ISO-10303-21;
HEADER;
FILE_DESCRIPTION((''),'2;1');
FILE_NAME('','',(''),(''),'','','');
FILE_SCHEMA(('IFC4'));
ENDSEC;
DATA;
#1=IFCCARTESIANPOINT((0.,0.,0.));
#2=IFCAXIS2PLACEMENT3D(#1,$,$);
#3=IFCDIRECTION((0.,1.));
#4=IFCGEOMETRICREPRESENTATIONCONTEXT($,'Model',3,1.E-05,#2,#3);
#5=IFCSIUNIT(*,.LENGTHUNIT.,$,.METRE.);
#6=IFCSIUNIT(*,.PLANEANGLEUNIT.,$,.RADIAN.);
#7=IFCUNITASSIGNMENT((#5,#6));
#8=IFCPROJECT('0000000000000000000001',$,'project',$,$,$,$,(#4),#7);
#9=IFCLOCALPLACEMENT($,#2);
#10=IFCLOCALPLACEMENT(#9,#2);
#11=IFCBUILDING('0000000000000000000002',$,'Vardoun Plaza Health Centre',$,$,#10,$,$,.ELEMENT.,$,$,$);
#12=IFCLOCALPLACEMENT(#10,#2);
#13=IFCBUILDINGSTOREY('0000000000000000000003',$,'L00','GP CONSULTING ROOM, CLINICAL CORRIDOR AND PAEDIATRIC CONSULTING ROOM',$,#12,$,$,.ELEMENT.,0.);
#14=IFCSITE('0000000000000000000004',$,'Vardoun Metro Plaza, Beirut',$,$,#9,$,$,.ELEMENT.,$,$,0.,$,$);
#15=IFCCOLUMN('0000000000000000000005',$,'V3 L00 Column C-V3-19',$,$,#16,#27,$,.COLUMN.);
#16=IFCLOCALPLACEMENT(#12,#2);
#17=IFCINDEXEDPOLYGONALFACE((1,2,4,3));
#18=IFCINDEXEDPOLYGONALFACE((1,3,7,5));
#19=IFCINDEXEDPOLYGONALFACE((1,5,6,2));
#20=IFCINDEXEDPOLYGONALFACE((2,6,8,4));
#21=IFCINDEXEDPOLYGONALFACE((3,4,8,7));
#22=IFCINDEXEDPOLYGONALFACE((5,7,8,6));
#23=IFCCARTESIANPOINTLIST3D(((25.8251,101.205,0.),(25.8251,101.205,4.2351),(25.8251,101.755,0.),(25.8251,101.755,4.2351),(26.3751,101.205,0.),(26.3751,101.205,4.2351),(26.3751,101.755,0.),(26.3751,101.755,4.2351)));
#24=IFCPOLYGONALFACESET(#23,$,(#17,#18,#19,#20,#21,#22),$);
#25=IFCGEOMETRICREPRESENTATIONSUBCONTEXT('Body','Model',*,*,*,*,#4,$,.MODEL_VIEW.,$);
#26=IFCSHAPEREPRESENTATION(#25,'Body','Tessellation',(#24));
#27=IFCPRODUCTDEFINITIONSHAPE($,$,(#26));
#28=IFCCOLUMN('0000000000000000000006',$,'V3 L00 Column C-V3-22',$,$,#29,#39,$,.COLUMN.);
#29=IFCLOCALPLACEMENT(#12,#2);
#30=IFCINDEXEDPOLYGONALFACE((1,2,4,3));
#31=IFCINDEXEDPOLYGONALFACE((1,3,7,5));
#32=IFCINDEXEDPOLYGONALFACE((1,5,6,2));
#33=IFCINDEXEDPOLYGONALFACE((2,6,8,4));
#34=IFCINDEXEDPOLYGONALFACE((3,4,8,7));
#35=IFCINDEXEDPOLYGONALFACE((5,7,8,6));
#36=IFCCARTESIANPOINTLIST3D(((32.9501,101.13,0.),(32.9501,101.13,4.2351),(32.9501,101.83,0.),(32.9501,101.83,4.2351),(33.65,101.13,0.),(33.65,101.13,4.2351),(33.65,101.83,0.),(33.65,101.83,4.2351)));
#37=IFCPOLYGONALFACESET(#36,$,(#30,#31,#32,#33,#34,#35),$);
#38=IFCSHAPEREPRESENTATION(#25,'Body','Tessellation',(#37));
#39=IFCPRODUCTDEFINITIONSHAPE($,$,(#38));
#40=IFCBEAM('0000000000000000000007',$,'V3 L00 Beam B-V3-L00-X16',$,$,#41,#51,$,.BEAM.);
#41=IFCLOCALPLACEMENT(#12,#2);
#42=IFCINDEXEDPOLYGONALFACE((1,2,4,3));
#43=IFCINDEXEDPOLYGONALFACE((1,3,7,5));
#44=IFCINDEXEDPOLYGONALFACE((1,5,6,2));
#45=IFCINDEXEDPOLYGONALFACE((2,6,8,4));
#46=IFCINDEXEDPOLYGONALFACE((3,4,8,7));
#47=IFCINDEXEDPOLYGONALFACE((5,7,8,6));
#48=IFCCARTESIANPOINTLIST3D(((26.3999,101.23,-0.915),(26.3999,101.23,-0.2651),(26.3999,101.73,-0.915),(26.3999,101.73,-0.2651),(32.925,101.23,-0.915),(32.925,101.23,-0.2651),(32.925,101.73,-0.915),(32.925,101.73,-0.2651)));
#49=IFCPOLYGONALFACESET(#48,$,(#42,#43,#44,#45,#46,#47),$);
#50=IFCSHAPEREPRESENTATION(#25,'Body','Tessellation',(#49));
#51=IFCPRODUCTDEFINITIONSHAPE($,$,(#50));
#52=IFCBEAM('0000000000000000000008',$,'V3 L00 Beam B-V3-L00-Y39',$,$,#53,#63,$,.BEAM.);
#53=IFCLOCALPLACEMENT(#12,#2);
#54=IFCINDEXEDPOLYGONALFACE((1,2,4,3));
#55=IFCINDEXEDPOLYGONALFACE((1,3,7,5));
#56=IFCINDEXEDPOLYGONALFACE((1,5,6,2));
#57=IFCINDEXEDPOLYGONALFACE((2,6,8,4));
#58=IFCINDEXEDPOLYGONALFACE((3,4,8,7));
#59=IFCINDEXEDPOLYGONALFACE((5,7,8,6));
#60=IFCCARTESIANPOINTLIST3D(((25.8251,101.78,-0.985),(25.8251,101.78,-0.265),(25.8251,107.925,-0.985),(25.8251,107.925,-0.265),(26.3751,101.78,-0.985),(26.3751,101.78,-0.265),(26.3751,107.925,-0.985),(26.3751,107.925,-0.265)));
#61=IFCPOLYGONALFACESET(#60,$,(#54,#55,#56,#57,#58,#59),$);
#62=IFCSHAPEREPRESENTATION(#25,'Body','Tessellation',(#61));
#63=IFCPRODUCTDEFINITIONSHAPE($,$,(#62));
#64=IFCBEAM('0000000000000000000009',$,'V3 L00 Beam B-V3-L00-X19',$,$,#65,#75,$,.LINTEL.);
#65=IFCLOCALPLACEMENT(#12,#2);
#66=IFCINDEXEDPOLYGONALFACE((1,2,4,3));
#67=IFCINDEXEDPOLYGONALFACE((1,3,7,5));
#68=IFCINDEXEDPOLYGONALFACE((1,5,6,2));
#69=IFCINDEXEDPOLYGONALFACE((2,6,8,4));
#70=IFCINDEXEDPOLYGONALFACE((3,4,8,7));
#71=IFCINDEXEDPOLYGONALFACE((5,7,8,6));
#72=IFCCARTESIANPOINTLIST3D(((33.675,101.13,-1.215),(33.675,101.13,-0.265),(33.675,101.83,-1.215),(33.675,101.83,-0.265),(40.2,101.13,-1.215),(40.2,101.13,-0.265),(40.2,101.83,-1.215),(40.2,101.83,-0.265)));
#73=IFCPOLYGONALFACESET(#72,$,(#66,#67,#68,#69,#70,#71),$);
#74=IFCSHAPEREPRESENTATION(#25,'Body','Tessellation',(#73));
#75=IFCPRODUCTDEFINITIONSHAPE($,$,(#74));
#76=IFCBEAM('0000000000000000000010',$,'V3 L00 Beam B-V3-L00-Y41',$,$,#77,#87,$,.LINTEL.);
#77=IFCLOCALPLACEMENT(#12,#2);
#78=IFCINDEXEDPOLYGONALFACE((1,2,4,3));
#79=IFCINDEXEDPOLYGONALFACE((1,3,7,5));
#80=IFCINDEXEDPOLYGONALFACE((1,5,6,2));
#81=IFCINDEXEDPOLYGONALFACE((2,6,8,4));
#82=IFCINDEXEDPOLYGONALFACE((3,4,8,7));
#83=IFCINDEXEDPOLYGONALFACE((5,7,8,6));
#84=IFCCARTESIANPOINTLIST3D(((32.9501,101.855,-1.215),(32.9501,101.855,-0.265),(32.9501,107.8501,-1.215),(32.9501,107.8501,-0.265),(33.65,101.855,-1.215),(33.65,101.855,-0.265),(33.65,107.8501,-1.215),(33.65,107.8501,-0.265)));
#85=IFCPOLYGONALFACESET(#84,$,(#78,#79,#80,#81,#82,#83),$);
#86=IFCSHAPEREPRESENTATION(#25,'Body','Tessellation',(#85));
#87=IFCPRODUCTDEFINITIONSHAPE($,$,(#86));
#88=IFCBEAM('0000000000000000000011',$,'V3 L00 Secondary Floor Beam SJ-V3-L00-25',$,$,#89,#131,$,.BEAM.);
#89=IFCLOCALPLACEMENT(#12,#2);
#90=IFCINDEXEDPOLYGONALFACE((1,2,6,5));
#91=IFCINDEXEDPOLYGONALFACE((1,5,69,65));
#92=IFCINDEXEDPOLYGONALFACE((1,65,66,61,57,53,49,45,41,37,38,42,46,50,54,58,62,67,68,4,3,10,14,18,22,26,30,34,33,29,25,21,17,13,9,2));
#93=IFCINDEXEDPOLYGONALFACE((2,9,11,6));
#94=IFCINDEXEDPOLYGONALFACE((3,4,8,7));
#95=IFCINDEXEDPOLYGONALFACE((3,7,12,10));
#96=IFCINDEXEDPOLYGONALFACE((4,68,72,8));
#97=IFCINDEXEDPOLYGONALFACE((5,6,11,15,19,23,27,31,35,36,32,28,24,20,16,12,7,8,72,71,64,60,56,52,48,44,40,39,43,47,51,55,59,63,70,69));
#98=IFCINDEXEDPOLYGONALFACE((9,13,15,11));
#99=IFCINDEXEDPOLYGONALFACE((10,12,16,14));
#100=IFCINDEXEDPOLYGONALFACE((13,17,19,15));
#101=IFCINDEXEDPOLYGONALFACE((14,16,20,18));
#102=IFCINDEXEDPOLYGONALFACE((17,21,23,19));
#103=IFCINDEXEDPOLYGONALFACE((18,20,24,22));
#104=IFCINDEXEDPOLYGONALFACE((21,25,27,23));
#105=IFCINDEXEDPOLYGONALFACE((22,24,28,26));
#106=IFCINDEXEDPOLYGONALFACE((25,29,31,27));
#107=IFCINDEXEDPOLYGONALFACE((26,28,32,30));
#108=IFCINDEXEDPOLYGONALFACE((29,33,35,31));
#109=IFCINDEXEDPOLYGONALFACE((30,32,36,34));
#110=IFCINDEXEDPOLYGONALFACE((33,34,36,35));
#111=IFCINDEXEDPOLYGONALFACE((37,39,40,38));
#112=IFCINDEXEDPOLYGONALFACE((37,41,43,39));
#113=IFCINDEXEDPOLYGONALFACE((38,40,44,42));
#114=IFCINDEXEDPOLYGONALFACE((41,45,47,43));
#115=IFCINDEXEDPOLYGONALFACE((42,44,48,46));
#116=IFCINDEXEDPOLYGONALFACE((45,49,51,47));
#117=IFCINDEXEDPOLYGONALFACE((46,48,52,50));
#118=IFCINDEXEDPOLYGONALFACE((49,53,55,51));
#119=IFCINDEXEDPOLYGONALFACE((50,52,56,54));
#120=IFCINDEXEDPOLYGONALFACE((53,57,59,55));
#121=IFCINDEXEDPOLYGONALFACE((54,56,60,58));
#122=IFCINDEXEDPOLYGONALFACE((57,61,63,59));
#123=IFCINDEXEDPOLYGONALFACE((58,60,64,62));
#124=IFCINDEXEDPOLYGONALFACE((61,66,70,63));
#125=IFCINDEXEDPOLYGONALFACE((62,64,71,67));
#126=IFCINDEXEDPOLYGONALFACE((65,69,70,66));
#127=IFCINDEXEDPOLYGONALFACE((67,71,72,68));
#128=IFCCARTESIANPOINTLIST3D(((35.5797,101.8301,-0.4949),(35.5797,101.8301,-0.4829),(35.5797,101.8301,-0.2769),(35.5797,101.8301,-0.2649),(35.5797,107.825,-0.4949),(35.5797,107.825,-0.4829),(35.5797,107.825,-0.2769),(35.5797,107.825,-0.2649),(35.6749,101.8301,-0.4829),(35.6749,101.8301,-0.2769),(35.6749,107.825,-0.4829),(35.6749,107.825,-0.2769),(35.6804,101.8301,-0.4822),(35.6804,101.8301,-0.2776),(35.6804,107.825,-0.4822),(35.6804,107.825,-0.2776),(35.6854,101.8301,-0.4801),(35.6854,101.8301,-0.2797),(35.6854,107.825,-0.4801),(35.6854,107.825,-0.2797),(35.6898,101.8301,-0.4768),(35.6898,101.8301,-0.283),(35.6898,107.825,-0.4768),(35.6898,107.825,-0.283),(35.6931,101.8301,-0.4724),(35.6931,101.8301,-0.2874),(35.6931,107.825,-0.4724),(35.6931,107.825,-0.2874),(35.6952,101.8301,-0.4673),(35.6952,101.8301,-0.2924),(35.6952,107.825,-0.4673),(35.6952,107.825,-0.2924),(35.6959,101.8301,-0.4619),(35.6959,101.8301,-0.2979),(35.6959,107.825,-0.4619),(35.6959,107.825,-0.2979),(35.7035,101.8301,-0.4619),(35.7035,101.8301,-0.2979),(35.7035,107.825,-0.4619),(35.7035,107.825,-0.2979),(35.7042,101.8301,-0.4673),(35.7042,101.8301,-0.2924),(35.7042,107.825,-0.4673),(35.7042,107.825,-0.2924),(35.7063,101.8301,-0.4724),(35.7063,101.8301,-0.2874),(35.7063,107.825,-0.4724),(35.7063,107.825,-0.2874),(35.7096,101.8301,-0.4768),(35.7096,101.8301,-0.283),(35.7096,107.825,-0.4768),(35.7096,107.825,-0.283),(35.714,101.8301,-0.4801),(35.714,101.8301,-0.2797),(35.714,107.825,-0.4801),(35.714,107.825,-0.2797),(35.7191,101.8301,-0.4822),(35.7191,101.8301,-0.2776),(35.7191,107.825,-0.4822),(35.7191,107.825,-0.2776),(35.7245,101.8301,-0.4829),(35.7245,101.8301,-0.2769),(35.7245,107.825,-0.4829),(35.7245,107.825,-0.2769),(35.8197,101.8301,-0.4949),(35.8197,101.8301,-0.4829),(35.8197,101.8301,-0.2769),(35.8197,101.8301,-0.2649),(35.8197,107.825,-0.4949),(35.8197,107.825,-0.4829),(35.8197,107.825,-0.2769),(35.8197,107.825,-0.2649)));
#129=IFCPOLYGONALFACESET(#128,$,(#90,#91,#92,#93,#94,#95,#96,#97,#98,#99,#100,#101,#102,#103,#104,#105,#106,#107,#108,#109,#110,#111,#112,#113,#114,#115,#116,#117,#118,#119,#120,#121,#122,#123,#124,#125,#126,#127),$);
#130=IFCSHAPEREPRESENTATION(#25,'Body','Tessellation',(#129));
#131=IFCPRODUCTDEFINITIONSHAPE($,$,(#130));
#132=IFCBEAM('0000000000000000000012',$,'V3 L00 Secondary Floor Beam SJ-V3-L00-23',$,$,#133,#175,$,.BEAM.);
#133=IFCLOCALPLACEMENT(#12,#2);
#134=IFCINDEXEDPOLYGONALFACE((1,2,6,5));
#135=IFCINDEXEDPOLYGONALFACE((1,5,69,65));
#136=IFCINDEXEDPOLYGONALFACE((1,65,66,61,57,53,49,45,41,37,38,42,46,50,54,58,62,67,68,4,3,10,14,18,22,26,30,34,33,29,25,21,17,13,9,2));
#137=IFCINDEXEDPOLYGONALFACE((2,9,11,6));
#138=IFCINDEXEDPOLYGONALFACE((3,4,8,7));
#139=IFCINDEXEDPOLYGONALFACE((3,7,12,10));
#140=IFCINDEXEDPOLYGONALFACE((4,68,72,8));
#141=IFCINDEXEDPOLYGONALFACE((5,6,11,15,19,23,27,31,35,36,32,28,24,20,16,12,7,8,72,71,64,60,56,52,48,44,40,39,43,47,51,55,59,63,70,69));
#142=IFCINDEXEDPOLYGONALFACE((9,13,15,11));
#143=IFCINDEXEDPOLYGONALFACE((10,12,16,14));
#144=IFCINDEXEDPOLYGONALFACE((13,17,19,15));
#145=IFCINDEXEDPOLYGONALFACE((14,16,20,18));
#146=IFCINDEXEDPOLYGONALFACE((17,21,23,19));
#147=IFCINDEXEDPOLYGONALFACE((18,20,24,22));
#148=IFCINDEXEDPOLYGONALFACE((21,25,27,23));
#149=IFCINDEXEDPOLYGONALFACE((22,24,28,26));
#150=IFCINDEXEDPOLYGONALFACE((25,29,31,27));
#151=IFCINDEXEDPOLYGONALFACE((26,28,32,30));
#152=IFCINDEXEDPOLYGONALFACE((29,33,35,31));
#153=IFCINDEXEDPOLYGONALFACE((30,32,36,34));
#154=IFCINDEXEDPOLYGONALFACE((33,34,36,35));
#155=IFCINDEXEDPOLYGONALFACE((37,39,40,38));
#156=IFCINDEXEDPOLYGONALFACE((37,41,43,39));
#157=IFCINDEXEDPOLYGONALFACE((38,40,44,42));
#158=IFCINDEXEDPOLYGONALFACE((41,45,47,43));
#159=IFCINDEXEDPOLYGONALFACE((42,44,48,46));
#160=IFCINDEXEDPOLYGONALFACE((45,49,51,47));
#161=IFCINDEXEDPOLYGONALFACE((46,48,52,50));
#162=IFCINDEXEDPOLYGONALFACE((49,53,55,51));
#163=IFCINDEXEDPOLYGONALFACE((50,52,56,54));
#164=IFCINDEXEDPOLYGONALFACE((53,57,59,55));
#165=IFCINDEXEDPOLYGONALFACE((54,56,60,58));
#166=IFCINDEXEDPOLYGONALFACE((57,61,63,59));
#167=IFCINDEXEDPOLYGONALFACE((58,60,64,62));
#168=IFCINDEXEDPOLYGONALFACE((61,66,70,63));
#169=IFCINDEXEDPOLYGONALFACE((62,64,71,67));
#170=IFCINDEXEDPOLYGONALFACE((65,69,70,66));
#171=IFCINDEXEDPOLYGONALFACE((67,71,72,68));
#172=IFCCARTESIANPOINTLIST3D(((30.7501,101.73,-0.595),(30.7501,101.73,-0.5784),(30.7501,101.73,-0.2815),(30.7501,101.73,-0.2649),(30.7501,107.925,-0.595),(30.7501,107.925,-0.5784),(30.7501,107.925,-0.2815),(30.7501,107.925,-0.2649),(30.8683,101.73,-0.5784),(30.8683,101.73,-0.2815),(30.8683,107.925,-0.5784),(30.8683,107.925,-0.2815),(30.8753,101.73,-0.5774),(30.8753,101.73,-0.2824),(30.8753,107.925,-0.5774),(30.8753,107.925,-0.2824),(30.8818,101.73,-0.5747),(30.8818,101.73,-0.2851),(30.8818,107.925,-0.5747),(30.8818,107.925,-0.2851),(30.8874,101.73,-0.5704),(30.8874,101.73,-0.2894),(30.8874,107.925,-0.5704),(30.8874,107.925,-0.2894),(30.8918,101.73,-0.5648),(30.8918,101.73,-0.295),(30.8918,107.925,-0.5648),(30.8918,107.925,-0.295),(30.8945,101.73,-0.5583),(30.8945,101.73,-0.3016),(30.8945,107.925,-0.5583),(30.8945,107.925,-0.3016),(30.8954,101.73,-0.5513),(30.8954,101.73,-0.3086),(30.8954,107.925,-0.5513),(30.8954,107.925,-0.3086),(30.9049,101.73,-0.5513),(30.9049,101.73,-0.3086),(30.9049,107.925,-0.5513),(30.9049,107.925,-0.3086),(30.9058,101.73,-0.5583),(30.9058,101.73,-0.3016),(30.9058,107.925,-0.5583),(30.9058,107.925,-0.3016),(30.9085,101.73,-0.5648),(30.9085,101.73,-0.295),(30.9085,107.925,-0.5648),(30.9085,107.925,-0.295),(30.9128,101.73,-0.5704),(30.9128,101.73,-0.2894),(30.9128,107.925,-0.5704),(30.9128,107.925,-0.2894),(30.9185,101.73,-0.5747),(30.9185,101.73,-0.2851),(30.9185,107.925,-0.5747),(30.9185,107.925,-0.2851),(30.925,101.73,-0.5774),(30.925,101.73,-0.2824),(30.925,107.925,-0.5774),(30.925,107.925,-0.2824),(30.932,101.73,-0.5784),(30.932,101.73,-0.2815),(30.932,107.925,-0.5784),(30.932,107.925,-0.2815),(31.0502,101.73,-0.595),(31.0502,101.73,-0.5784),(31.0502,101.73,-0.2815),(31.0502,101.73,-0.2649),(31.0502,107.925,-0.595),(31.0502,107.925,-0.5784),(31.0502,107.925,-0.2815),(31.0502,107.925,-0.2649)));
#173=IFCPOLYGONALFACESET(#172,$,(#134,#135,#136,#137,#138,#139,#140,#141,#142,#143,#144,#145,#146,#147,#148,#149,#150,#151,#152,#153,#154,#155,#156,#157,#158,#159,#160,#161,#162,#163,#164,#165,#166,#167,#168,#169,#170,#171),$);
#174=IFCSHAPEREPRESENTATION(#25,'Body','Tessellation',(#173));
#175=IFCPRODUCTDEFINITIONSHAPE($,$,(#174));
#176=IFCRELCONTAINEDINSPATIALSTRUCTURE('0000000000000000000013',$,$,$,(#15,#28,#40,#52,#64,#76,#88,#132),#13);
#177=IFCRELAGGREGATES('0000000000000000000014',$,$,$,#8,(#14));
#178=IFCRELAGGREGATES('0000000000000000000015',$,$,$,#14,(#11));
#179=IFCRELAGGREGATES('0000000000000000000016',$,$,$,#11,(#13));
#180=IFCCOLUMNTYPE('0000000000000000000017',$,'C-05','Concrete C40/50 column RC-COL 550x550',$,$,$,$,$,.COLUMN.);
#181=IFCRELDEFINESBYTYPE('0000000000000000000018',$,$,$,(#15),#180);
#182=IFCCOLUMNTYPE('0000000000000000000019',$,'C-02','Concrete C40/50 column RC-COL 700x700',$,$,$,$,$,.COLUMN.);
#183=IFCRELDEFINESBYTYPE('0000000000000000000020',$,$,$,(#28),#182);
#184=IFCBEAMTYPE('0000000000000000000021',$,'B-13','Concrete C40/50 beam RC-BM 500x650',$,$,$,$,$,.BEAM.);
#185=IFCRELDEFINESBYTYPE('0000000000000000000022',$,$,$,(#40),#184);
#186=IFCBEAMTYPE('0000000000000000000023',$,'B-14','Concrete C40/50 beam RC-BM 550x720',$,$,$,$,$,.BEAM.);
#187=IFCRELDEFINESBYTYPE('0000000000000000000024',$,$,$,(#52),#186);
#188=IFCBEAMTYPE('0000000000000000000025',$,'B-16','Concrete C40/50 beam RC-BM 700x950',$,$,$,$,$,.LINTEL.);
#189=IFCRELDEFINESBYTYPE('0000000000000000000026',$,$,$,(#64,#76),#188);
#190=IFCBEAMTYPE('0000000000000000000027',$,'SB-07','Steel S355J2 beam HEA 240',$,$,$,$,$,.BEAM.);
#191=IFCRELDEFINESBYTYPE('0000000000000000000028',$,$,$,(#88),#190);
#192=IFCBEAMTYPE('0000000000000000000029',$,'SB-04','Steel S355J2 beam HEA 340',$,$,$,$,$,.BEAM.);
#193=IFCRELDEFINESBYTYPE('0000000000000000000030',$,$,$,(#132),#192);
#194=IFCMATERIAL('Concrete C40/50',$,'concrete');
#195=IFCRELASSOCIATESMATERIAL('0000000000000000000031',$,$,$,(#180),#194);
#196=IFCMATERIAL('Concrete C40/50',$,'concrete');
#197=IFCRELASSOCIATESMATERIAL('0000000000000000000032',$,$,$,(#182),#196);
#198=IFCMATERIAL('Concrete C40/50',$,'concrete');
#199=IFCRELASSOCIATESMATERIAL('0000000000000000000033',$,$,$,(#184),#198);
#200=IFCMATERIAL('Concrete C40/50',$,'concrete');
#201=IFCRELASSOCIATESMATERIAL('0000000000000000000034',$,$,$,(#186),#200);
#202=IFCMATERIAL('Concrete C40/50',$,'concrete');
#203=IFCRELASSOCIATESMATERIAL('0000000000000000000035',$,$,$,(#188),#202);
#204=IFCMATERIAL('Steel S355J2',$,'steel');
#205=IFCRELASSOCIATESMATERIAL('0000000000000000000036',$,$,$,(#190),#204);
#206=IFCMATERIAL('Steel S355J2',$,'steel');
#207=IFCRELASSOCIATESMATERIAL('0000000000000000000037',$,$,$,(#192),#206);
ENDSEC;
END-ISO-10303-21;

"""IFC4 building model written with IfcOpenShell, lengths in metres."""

from ifc_helpers import new_model, si_unit, direction, frame, origin, origin_2d, place, context, subcontext, project, spatial, rectangle, i_section, extrude, material, material_profile, profile_set, type_object, element, save


model = new_model("IFC4")

# Units and contexts
model_context = context("Model", 3, precision=1e-05, world=origin(), true_north=direction((0.0, 1.0)))
body_context = subcontext(model_context, "Body", "Model", "MODEL_VIEW")
ifc_project = project(units=[si_unit("LENGTHUNIT", "METRE"), si_unit("PLANEANGLEUNIT", "RADIAN")], contexts=[model_context])

# Site, building, storey
site_placement = place(None, origin())
site = spatial("IfcSite", under=ifc_project, at=site_placement, Name="Vardoun Metro Plaza, Beirut", CompositionType="ELEMENT", RefElevation=0.0)
building_placement = place(site_placement, origin())
building = spatial("IfcBuilding", under=site, at=building_placement, Name="Vardoun Plaza Health Centre", CompositionType="ELEMENT")
storey_placement = place(building_placement, origin())
storey = spatial("IfcBuildingStorey", under=building, at=storey_placement, Name="L00", Description="GP CONSULTING ROOM, CLINICAL CORRIDOR AND PAEDIATRIC CONSULTING ROOM", CompositionType="ELEMENT", Elevation=0.0)

# Columns
ifc_material_1 = material(Name="Concrete C40/50", Category="concrete")
ifc_material_profile_1 = material_profile(ifc_material_1, rectangle(XDim=0.55, YDim=0.55, at=origin_2d()), Name="RC-COL 550x550")
ifc_profile_set_1 = profile_set([ifc_material_profile_1], Name="Concrete C40/50")
column_type_1 = type_object("IfcColumnType", Name="C-05", Description="Concrete C40/50 column RC-COL 550x550", PredefinedType="COLUMN", material=ifc_profile_set_1)
column_1_placement = place(storey_placement, frame((26.1001, 101.48, 0.0), z_axis=(0.0, 0.0, 1.0), x_axis=(1.0, 0.0, 0.0)))
element("IfcColumn", 1, at=column_1_placement, inside=storey, type_object=column_type_1, Name="V3 L00 Column C-V3-19", PredefinedType="COLUMN", context=body_context, shape_type="SweptSolid", body=[
    extrude(rectangle(XDim=0.55, YDim=0.55, at=origin_2d()), origin(), (0.0, 0.0, 1.0), 4.2351),
])
ifc_material_2 = material(Name="Concrete C40/50", Category="concrete")
ifc_material_profile_2 = material_profile(ifc_material_2, rectangle(XDim=0.7, YDim=0.7, at=origin_2d()), Name="RC-COL 700x700")
ifc_profile_set_2 = profile_set([ifc_material_profile_2], Name="Concrete C40/50")
column_type_2 = type_object("IfcColumnType", Name="C-02", Description="Concrete C40/50 column RC-COL 700x700", PredefinedType="COLUMN", material=ifc_profile_set_2)
column_2_placement = place(storey_placement, frame((33.3, 101.48, 0.0), z_axis=(0.0, 0.0, 1.0), x_axis=(1.0, 0.0, 0.0)))
element("IfcColumn", 2, at=column_2_placement, inside=storey, type_object=column_type_2, Name="V3 L00 Column C-V3-22", PredefinedType="COLUMN", context=body_context, shape_type="SweptSolid", body=[
    extrude(rectangle(XDim=0.7, YDim=0.7, at=origin_2d()), origin(), (0.0, 0.0, 1.0), 4.2351),
])

# Beams
ifc_material_3 = material(Name="Concrete C40/50", Category="concrete")
ifc_material_profile_3 = material_profile(ifc_material_3, rectangle(XDim=0.5, YDim=0.6499, at=origin_2d()), Name="RC-BM 500x650")
ifc_profile_set_3 = profile_set([ifc_material_profile_3], Name="Concrete C40/50")
beam_type_1 = type_object("IfcBeamType", Name="B-13", Description="Concrete C40/50 beam RC-BM 500x650", PredefinedType="BEAM", material=ifc_profile_set_3)
beam_1_placement = place(storey_placement, frame((26.3999, 101.48, -0.5901), z_axis=(1.0, 0.0, 0.0), x_axis=(0.0, 1.0, 0.0)))
element("IfcBeam", 3, at=beam_1_placement, inside=storey, type_object=beam_type_1, Name="V3 L00 Beam B-V3-L00-X16", PredefinedType="BEAM", context=body_context, shape_type="SweptSolid", body=[
    extrude(rectangle(XDim=0.5, YDim=0.6499, at=origin_2d()), origin(), (0.0, 0.0, 1.0), 6.5251),
])
ifc_material_4 = material(Name="Concrete C40/50", Category="concrete")
ifc_material_profile_4 = material_profile(ifc_material_4, rectangle(XDim=0.55, YDim=0.72, at=origin_2d()), Name="RC-BM 550x720")
ifc_profile_set_4 = profile_set([ifc_material_profile_4], Name="Concrete C40/50")
beam_type_2 = type_object("IfcBeamType", Name="B-14", Description="Concrete C40/50 beam RC-BM 550x720", PredefinedType="BEAM", material=ifc_profile_set_4)
beam_2_placement = place(storey_placement, frame((26.1001, 101.78, -0.625), z_axis=(0.0, 1.0, 0.0), x_axis=(-1.0, 0.0, 0.0)))
element("IfcBeam", 4, at=beam_2_placement, inside=storey, type_object=beam_type_2, Name="V3 L00 Beam B-V3-L00-Y39", PredefinedType="BEAM", context=body_context, shape_type="SweptSolid", body=[
    extrude(rectangle(XDim=0.55, YDim=0.72, at=origin_2d()), origin(), (0.0, 0.0, 1.0), 6.145),
])
ifc_material_5 = material(Name="Concrete C40/50", Category="concrete")
ifc_material_profile_5 = material_profile(ifc_material_5, rectangle(XDim=0.7, YDim=0.95, at=origin_2d()), Name="RC-BM 700x950")
ifc_profile_set_5 = profile_set([ifc_material_profile_5], Name="Concrete C40/50")
beam_type_3 = type_object("IfcBeamType", Name="B-16", Description="Concrete C40/50 beam RC-BM 700x950", PredefinedType="LINTEL", material=ifc_profile_set_5)
beam_3_placement = place(storey_placement, frame((33.675, 101.48, -0.74), z_axis=(1.0, 0.0, 0.0), x_axis=(0.0, 1.0, 0.0)))
element("IfcBeam", 5, at=beam_3_placement, inside=storey, type_object=beam_type_3, Name="V3 L00 Beam B-V3-L00-X19", PredefinedType="LINTEL", context=body_context, shape_type="SweptSolid", body=[
    extrude(rectangle(XDim=0.7, YDim=0.95, at=origin_2d()), origin(), (0.0, 0.0, 1.0), 6.5249),
])
beam_4_placement = place(storey_placement, frame((33.3, 101.855, -0.74), z_axis=(0.0, 1.0, 0.0), x_axis=(-1.0, 0.0, 0.0)))
element("IfcBeam", 6, at=beam_4_placement, inside=storey, type_object=beam_type_3, Name="V3 L00 Beam B-V3-L00-Y41", PredefinedType="LINTEL", context=body_context, shape_type="SweptSolid", body=[
    extrude(rectangle(XDim=0.7, YDim=0.95, at=origin_2d()), origin(), (0.0, 0.0, 1.0), 5.9951),
])
ifc_material_6 = material(Name="Steel S355J2", Category="steel")
ifc_material_profile_6 = material_profile(ifc_material_6, i_section(OverallWidth=0.24, OverallDepth=0.23, WebThickness=0.0076, FlangeThickness=0.012, FilletRadius=0.021, at=origin_2d()), Name="HEA 240")
ifc_profile_set_6 = profile_set([ifc_material_profile_6], Name="Steel S355J2")
beam_type_4 = type_object("IfcBeamType", Name="SB-07", Description="Steel S355J2 beam HEA 240", PredefinedType="BEAM", material=ifc_profile_set_6)
beam_5_placement = place(storey_placement, frame((35.6997, 101.8301, -0.3799), z_axis=(0.0, 1.0, 0.0), x_axis=(-1.0, 0.0, 0.0)))
element("IfcBeam", 7, at=beam_5_placement, inside=storey, type_object=beam_type_4, Name="V3 L00 Secondary Floor Beam SJ-V3-L00-25", PredefinedType="BEAM", context=body_context, shape_type="SweptSolid", body=[
    extrude(i_section(OverallWidth=0.24, OverallDepth=0.23, WebThickness=0.0076, FlangeThickness=0.012, FilletRadius=0.021, at=origin_2d()), origin(), (0.0, 0.0, 1.0), 5.9949),
])
ifc_material_7 = material(Name="Steel S355J2", Category="steel")
ifc_material_profile_7 = material_profile(ifc_material_7, i_section(OverallWidth=0.3, OverallDepth=0.3301, WebThickness=0.0095, FlangeThickness=0.0166, FilletRadius=0.0271, at=origin_2d()), Name="HEA 340")
ifc_profile_set_7 = profile_set([ifc_material_profile_7], Name="Steel S355J2")
beam_type_5 = type_object("IfcBeamType", Name="SB-04", Description="Steel S355J2 beam HEA 340", PredefinedType="BEAM", material=ifc_profile_set_7)
beam_6_placement = place(storey_placement, frame((30.9001, 101.73, -0.4299), z_axis=(0.0, 1.0, 0.0), x_axis=(-1.0, 0.0, 0.0)))
element("IfcBeam", 8, at=beam_6_placement, inside=storey, type_object=beam_type_5, Name="V3 L00 Secondary Floor Beam SJ-V3-L00-23", PredefinedType="BEAM", context=body_context, shape_type="SweptSolid", body=[
    extrude(i_section(OverallWidth=0.3, OverallDepth=0.3301, WebThickness=0.0095, FlangeThickness=0.0166, FilletRadius=0.0271, at=origin_2d()), origin(), (0.0, 0.0, 1.0), 6.1951),
])

save(model, "model.ifc")
